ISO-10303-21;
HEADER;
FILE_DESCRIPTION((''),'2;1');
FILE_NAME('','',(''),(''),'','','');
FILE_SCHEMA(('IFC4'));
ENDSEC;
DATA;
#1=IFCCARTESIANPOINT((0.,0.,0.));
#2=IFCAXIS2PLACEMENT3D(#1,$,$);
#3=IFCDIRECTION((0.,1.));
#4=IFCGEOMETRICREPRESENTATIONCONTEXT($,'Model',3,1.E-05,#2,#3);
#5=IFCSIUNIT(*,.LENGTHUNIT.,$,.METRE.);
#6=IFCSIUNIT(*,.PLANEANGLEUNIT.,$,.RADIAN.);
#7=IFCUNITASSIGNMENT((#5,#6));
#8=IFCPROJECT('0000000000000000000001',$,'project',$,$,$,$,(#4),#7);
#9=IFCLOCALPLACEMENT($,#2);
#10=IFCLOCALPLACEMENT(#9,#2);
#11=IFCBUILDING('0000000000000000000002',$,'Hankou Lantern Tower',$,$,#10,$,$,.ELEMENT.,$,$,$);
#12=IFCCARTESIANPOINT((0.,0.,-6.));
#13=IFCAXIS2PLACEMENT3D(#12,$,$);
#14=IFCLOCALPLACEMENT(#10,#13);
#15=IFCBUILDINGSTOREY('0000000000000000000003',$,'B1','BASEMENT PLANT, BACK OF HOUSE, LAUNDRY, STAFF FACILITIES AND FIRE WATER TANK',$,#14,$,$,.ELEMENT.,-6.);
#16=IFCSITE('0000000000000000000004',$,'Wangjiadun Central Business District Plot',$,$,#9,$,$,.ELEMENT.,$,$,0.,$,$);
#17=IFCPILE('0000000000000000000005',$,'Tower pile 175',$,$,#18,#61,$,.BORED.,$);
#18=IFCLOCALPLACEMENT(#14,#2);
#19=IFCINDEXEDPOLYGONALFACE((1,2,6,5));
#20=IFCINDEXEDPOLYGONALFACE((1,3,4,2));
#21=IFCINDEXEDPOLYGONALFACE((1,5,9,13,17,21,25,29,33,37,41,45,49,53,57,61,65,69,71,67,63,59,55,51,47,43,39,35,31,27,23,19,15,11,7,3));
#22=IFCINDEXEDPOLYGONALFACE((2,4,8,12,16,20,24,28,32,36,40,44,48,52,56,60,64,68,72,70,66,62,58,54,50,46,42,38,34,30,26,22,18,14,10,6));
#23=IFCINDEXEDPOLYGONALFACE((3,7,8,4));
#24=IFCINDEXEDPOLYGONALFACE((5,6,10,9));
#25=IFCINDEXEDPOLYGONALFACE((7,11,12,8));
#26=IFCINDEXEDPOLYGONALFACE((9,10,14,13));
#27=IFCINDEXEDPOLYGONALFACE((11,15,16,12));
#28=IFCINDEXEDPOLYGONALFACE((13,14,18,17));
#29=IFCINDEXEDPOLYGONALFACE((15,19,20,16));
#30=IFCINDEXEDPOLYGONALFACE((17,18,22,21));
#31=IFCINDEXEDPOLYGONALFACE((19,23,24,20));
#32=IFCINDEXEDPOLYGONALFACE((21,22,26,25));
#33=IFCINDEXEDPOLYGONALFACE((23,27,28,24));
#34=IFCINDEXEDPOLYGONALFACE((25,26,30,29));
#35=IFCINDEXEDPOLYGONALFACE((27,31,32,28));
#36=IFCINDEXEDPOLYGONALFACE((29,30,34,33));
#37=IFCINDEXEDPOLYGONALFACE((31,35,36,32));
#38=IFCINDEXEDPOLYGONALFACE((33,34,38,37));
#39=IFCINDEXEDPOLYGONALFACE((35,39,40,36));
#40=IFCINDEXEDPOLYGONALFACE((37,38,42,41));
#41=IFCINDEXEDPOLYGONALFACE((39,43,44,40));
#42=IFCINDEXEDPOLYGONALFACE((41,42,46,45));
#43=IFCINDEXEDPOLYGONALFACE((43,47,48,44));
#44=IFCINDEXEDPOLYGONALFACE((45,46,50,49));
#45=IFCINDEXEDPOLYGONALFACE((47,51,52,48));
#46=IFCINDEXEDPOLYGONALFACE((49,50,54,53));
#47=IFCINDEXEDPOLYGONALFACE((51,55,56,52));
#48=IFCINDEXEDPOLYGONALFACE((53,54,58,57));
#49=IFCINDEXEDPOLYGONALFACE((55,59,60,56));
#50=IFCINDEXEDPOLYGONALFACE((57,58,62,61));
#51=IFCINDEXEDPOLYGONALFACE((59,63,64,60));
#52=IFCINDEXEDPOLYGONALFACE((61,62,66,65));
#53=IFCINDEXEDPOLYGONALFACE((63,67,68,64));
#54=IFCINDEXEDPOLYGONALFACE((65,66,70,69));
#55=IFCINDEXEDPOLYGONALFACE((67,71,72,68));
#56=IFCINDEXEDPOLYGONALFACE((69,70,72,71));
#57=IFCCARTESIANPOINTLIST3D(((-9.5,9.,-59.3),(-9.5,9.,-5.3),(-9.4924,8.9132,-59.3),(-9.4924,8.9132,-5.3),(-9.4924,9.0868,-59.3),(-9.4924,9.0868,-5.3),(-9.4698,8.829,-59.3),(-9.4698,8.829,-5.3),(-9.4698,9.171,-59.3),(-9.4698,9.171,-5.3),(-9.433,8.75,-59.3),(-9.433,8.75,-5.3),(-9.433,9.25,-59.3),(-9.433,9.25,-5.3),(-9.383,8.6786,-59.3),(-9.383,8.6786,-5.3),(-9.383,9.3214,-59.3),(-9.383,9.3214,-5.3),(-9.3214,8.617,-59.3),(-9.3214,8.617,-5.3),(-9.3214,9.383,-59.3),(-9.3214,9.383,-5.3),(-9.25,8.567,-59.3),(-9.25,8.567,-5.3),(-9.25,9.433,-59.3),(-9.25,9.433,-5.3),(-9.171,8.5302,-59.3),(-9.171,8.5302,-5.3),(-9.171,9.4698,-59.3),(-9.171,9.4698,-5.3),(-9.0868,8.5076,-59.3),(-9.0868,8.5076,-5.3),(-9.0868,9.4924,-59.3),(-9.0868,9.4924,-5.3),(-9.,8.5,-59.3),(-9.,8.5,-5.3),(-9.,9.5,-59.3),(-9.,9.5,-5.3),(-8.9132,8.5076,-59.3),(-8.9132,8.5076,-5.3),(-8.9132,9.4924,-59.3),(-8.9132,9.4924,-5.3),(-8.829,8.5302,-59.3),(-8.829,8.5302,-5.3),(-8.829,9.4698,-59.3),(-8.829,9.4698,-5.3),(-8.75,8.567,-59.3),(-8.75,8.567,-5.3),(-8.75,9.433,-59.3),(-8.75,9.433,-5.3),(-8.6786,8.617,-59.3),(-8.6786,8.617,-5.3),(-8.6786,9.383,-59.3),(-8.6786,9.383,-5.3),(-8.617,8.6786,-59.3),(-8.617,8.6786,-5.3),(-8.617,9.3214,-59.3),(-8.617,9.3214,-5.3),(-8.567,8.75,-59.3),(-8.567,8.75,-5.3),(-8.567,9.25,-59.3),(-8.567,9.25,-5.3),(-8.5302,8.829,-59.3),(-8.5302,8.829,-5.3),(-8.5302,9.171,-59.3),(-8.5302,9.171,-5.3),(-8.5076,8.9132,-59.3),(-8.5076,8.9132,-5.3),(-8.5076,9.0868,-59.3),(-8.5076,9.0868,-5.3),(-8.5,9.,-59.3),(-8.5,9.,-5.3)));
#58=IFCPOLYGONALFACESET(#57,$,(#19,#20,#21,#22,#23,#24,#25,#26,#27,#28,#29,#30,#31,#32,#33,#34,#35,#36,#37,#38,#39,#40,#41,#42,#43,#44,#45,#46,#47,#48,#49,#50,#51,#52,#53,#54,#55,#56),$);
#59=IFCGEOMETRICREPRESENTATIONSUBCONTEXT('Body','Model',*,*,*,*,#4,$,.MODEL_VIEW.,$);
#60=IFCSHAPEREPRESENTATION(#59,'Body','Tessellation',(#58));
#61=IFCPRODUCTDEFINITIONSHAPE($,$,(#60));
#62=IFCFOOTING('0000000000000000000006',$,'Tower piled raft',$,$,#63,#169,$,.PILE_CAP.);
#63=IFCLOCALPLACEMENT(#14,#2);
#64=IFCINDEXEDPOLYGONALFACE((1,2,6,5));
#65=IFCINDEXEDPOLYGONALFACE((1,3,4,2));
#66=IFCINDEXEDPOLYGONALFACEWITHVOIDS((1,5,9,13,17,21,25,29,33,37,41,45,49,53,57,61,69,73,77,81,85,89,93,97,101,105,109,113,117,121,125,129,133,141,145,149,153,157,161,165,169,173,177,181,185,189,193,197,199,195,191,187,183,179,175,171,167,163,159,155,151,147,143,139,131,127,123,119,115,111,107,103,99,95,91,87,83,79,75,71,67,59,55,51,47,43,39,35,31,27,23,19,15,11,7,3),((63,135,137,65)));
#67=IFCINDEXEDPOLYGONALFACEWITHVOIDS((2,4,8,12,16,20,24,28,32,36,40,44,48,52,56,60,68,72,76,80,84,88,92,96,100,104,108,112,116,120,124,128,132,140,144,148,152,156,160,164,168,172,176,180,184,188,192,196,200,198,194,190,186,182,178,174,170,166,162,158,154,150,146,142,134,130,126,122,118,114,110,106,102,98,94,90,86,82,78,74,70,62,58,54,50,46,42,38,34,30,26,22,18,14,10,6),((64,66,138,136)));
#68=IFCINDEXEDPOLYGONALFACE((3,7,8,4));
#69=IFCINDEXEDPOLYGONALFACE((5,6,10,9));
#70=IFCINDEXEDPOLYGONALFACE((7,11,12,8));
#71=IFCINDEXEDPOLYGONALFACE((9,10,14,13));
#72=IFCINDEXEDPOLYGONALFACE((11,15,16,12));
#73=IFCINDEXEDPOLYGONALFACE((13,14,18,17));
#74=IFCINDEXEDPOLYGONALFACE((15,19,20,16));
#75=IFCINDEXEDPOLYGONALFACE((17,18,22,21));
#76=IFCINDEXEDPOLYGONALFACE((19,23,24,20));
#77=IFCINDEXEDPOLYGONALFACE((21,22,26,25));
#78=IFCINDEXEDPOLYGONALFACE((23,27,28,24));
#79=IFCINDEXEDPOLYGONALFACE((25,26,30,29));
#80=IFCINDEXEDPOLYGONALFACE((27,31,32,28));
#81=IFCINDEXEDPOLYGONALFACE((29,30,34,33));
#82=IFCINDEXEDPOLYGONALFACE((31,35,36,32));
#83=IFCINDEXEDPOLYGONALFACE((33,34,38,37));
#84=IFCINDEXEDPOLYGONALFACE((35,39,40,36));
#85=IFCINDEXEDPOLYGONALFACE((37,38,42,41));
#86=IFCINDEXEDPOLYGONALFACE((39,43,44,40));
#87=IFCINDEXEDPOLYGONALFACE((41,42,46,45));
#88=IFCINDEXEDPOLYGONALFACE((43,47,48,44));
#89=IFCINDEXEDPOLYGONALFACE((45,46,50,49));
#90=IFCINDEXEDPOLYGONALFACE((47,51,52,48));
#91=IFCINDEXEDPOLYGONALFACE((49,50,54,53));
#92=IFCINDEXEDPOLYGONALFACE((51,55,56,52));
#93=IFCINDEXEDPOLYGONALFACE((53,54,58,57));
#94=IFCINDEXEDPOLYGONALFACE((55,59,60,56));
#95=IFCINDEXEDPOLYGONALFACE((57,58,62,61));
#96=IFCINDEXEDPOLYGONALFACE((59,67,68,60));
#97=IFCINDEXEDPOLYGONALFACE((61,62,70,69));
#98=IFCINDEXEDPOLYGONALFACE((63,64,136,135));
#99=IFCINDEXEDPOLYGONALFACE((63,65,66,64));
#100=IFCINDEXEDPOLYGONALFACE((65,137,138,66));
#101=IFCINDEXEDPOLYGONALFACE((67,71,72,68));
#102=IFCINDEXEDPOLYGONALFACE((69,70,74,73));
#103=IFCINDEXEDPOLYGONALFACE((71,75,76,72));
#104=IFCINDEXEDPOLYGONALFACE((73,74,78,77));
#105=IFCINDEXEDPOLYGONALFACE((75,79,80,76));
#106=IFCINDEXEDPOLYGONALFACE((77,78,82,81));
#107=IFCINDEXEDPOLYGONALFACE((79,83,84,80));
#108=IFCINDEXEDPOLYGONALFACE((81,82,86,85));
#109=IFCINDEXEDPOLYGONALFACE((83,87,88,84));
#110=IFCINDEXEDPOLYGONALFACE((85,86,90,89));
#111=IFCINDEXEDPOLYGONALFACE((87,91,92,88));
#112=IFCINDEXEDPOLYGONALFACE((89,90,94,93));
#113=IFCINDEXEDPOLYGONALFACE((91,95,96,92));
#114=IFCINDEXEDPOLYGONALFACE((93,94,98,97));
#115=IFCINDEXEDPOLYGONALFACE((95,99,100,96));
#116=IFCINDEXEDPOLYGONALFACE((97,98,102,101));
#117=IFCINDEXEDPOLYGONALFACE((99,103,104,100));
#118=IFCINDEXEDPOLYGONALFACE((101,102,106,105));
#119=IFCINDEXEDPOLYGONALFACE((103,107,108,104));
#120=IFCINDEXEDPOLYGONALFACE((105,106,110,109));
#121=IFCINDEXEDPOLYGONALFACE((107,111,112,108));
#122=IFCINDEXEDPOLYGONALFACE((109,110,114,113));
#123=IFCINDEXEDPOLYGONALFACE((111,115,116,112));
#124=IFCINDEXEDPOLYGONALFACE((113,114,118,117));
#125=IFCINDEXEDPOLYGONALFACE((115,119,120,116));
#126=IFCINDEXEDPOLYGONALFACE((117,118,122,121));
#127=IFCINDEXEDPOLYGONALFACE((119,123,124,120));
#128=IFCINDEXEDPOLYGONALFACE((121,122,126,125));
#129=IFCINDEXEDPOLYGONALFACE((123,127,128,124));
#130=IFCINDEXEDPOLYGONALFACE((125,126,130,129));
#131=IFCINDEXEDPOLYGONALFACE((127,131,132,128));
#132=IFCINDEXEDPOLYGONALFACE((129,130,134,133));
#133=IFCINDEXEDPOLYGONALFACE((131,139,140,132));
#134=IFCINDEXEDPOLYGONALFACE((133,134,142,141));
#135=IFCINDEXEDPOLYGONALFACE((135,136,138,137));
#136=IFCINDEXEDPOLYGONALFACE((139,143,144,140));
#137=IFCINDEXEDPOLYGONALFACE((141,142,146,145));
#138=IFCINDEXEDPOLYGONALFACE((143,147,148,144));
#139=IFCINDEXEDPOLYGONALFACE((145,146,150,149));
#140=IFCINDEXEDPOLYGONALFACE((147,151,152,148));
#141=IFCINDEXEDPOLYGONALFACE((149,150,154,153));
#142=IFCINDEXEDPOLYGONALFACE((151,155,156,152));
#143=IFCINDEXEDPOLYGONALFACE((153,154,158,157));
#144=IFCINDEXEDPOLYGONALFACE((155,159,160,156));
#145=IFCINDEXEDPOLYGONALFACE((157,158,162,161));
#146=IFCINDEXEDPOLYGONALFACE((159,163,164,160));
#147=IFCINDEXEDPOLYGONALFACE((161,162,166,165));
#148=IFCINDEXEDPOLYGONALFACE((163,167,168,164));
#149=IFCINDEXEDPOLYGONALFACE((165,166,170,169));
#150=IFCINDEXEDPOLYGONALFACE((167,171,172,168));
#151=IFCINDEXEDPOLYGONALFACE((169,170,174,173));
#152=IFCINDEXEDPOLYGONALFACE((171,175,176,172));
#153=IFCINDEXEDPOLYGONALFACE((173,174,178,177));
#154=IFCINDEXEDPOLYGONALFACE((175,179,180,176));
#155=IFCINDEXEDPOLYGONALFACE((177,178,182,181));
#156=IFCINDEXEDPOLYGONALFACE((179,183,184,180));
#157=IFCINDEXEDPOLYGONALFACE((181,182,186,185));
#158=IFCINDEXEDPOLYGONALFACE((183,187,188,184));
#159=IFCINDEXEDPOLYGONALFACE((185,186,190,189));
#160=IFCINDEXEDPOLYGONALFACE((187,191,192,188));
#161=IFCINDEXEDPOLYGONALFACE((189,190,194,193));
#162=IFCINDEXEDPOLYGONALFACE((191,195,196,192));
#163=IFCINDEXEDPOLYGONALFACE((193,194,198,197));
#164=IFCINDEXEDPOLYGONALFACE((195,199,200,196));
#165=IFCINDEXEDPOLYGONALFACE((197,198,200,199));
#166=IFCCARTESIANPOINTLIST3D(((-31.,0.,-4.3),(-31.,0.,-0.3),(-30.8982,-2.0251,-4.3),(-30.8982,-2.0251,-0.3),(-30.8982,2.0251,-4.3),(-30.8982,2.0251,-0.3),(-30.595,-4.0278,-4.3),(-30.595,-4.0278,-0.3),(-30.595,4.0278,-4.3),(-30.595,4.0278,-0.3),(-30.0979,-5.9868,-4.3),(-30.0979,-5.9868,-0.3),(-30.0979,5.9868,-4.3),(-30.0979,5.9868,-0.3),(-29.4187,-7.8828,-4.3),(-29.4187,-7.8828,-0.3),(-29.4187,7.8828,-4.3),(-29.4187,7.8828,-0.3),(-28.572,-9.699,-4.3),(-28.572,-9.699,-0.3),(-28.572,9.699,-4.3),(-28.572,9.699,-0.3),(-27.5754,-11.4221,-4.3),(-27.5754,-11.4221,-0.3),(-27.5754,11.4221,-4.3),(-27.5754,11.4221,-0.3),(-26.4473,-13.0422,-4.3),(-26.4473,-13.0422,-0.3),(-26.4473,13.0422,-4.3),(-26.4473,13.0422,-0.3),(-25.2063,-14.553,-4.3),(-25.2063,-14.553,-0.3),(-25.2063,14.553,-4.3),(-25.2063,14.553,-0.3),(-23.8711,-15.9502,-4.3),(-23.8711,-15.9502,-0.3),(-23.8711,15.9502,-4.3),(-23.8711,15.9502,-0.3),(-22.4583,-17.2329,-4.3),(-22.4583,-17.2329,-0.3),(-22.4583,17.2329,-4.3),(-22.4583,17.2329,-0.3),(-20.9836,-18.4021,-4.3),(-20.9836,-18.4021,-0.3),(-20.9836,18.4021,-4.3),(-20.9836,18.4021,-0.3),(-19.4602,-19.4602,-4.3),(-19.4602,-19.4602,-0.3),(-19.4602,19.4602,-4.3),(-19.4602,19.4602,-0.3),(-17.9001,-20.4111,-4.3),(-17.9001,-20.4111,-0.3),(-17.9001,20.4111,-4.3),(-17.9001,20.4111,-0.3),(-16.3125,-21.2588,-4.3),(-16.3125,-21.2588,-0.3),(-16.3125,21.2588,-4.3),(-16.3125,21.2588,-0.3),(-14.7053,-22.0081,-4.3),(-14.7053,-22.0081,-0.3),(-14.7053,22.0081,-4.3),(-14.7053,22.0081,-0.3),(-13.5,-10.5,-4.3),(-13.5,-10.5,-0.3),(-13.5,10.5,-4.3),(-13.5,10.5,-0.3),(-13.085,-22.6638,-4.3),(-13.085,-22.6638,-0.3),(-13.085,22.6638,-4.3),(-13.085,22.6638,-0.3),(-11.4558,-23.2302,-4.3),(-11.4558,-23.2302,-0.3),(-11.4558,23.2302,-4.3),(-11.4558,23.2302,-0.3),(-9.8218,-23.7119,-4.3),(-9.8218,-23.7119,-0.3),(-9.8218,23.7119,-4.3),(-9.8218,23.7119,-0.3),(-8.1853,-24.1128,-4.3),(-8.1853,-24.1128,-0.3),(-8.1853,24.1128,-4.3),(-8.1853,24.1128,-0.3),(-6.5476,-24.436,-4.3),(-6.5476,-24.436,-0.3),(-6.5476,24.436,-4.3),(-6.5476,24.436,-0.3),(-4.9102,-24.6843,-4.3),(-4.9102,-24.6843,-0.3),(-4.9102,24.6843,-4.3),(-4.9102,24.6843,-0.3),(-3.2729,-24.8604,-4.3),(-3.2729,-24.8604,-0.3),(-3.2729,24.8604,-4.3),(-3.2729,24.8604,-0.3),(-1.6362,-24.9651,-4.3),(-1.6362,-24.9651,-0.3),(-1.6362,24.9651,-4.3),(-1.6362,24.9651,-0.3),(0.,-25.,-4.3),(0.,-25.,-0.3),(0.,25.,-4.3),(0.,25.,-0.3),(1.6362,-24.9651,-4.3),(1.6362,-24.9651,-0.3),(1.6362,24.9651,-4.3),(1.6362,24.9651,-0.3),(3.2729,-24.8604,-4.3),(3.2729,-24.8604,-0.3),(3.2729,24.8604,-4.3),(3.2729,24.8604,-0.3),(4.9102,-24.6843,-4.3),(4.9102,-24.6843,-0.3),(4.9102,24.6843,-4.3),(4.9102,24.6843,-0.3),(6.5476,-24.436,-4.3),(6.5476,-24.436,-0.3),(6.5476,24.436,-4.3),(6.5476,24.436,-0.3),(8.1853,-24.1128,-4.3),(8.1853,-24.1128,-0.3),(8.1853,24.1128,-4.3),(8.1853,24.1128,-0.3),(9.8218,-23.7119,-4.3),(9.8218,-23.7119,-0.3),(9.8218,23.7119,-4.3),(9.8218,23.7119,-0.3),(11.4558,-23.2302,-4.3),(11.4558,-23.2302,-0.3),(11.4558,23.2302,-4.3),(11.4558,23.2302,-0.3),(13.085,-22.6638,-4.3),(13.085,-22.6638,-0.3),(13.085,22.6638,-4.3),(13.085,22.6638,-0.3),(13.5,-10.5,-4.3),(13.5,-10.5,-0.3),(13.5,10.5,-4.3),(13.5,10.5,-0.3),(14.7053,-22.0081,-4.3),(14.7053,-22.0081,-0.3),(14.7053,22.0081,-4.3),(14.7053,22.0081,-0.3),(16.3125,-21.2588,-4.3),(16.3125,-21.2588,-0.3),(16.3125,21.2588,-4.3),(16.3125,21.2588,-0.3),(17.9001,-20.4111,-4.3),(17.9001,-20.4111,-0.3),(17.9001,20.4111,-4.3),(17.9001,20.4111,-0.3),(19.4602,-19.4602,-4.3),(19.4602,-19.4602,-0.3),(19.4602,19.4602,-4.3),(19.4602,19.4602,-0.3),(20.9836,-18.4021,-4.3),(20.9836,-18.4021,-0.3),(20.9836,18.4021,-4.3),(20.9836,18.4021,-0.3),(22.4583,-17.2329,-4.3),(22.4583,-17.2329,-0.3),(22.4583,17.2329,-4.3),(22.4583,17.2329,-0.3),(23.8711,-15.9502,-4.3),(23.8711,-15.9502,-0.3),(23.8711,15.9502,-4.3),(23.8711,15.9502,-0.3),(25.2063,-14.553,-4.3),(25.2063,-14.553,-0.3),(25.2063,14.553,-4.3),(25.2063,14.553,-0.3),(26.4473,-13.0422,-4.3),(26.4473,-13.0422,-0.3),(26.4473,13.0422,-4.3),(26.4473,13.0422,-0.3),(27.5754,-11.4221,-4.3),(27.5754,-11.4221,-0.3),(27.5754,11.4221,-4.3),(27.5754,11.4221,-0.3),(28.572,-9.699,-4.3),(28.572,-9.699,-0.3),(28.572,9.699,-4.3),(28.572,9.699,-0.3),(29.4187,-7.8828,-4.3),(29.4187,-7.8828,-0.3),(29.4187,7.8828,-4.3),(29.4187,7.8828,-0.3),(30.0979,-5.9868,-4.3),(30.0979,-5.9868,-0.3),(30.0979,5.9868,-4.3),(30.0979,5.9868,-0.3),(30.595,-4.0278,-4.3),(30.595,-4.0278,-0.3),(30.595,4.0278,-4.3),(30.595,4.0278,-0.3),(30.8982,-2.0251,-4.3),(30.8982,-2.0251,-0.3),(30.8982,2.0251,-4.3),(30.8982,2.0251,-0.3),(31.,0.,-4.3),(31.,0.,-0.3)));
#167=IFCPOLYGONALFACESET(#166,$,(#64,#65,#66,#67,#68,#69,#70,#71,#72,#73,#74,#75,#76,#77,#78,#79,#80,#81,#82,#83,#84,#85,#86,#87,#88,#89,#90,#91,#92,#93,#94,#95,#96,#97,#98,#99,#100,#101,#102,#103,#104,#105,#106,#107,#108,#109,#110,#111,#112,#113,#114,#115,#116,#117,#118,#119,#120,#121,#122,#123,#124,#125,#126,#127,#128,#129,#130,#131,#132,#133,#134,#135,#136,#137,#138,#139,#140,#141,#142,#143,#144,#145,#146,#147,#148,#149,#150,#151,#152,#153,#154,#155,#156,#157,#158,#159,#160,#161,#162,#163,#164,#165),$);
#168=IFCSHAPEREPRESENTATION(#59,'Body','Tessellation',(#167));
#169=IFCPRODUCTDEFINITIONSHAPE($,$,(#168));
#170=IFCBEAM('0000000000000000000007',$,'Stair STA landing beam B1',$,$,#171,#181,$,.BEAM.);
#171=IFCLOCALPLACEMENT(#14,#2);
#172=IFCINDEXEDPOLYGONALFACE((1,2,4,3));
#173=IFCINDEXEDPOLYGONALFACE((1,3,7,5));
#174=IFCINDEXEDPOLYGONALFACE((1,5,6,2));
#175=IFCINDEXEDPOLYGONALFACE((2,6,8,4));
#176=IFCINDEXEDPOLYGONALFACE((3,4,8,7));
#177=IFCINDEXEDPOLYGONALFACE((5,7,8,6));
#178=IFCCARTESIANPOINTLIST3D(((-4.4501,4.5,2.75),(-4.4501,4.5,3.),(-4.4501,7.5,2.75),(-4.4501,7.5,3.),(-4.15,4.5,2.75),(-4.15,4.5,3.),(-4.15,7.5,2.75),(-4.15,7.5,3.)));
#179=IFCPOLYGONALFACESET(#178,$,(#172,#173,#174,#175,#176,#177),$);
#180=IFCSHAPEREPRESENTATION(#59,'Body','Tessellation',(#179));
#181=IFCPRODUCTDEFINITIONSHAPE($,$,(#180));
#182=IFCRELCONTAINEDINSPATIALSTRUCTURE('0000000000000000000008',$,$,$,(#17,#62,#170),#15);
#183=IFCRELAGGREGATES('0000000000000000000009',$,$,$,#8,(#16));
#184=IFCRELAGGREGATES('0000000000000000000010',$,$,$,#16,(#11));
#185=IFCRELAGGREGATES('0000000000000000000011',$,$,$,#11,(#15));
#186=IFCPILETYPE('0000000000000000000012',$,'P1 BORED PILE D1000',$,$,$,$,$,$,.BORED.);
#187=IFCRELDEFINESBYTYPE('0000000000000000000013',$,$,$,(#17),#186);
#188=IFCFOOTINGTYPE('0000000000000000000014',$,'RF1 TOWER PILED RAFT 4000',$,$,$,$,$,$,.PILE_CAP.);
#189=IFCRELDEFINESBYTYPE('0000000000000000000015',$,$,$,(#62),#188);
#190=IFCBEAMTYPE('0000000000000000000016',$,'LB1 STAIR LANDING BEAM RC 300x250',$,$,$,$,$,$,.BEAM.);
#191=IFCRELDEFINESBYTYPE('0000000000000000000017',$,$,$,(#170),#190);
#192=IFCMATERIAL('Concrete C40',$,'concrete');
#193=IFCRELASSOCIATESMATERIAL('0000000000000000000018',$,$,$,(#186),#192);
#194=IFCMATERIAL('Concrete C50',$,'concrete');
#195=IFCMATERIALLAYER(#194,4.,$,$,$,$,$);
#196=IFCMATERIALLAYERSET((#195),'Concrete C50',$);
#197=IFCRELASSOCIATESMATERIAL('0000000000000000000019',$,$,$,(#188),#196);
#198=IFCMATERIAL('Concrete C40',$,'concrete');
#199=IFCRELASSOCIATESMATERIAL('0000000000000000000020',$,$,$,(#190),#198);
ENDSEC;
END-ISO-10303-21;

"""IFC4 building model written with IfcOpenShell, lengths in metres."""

from ifc_helpers import new_model, si_unit, direction, frame, origin, origin_2d, place, context, subcontext, project, spatial, polyline, rectangle, circle, outline, extrude, material, layer, layer_set, material_profile, profile_set, type_object, element, save


model = new_model("IFC4")

# Units and contexts
model_context = context("Model", 3, precision=1e-05, world=origin(), true_north=direction((0.0, 1.0)))
body_context = subcontext(model_context, "Body", "Model", "MODEL_VIEW")
ifc_project = project(units=[si_unit("LENGTHUNIT", "METRE"), si_unit("PLANEANGLEUNIT", "RADIAN")], contexts=[model_context])

# Site, building, storey
site_placement = place(None, origin())
site = spatial("IfcSite", under=ifc_project, at=site_placement, Name="Wangjiadun Central Business District Plot", CompositionType="ELEMENT", RefElevation=0.0)
building_placement = place(site_placement, origin())
building = spatial("IfcBuilding", under=site, at=building_placement, Name="Hankou Lantern Tower", CompositionType="ELEMENT")
storey_placement = place(building_placement, frame((0.0, 0.0, -6.0)))
storey = spatial("IfcBuildingStorey", under=building, at=storey_placement, Name="B1", Description="BASEMENT PLANT, BACK OF HOUSE, LAUNDRY, STAFF FACILITIES AND FIRE WATER TANK", CompositionType="ELEMENT", Elevation=-6.0)

# Pile
ifc_material_1 = material(Name="Concrete C40", Category="concrete")
ifc_material_profile_1 = material_profile(ifc_material_1, circle(Radius=0.5, at=origin_2d()), Name="RC D1000")
ifc_profile_set_1 = profile_set([ifc_material_profile_1], Name="Concrete C40")
pile_type = type_object("IfcPileType", Name="P1 BORED PILE D1000", PredefinedType="BORED", material=ifc_profile_set_1)
for number, where, z_axis, x_axis, name in (
    (1, (-9.0, 9.0, -5.3), (0.0, 0.0, -1.0), (1.0, 0.0, 0.0), "Tower pile 175"),
):
    element("IfcPile", number, at=place(storey_placement, frame(where, z_axis=z_axis, x_axis=x_axis)), inside=storey, type_object=pile_type, Name=name, PredefinedType="BORED", context=body_context, shape_type="SweptSolid", body=[
        extrude(circle(Radius=0.5, at=origin_2d()), origin(), (0.0, 0.0, 1.0), 54.0),
    ])

# Footing
ifc_material_2 = material(Name="Concrete C50", Category="concrete")
ifc_layer_1 = layer(ifc_material_2, 4.0)
ifc_layer_set_1 = layer_set([ifc_layer_1], Name="Concrete C50")
footing_type = type_object("IfcFootingType", Name="RF1 TOWER PILED RAFT 4000", PredefinedType="PILE_CAP", material=ifc_layer_set_1)
footing_placement = place(storey_placement, frame((0.0, 0.0, -4.3)))
element("IfcFooting", 2, at=footing_placement, inside=storey, type_object=footing_type, Name="Tower piled raft", PredefinedType="PILE_CAP", context=body_context, shape_type="SweptSolid", body=[
    extrude(outline(polyline([(31.0, 0.0), (30.8982, 2.0251), (30.595, 4.0278), (30.0979, 5.9868), (29.4187, 7.8828), (28.572, 9.699), (27.5754, 11.4221), (26.4473, 13.0422), (25.2063, 14.553), (23.8711, 15.9502), (22.4583, 17.2329), (20.9836, 18.4021), (19.4602, 19.4602), (17.9001, 20.4111), (16.3125, 21.2588), (14.7053, 22.0081), (13.085, 22.6638), (11.4558, 23.2302), (9.8218, 23.7119), (8.1853, 24.1128), (6.5476, 24.436), (4.9102, 24.6843), (3.2729, 24.8604), (1.6362, 24.9651), (0.0, 25.0), (-1.6362, 24.9651), (-3.2729, 24.8604), (-4.9102, 24.6843), (-6.5476, 24.436), (-8.1853, 24.1128), (-9.8218, 23.7119), (-11.4558, 23.2302), (-13.085, 22.6638), (-14.7053, 22.0081), (-16.3125, 21.2588), (-17.9001, 20.4111), (-19.4602, 19.4602), (-20.9836, 18.4021), (-22.4583, 17.2329), (-23.8711, 15.9502), (-25.2063, 14.553), (-26.4473, 13.0422), (-27.5754, 11.4221), (-28.572, 9.699), (-29.4187, 7.8828), (-30.0979, 5.9868), (-30.595, 4.0278), (-30.8982, 2.0251), (-31.0, 0.0), (-30.8982, -2.0251), (-30.595, -4.0278), (-30.0979, -5.9868), (-29.4187, -7.8828), (-28.572, -9.699), (-27.5754, -11.4221), (-26.4473, -13.0422), (-25.2063, -14.553), (-23.8711, -15.9502), (-22.4583, -17.2329), (-20.9836, -18.4021), (-19.4602, -19.4602), (-17.9001, -20.4111), (-16.3125, -21.2588), (-14.7053, -22.0081), (-13.085, -22.6638), (-11.4558, -23.2302), (-9.8218, -23.7119), (-8.1853, -24.1128), (-6.5476, -24.436), (-4.9102, -24.6843), (-3.2729, -24.8604), (-1.6362, -24.9651), (0.0, -25.0), (1.6362, -24.9651), (3.2729, -24.8604), (4.9102, -24.6843), (6.5476, -24.436), (8.1853, -24.1128), (9.8218, -23.7119), (11.4558, -23.2302), (13.085, -22.6638), (14.7053, -22.0081), (16.3125, -21.2588), (17.9001, -20.4111), (19.4602, -19.4602), (20.9836, -18.4021), (22.4583, -17.2329), (23.8711, -15.9502), (25.2063, -14.553), (26.4473, -13.0422), (27.5754, -11.4221), (28.572, -9.699), (29.4187, -7.8828), (30.0979, -5.9868), (30.595, -4.0278), (30.8982, -2.0251), (31.0, 0.0)]), holes=[polyline([(-13.5, 10.5), (13.5, 10.5), (13.5, -10.5), (-13.5, -10.5), (-13.5, 10.5)])]), origin(), (0.0, 0.0, 1.0), 4.0),
])

# Beam
ifc_material_3 = material(Name="Concrete C40", Category="concrete")
ifc_material_profile_2 = material_profile(ifc_material_3, rectangle(XDim=0.3, YDim=0.25, at=origin_2d()), Name="RC 300x250")
ifc_profile_set_2 = profile_set([ifc_material_profile_2], Name="Concrete C40")
beam_type = type_object("IfcBeamType", Name="LB1 STAIR LANDING BEAM RC 300x250", PredefinedType="BEAM", material=ifc_profile_set_2)
beam_placement = place(storey_placement, frame((-4.3, 4.5, 2.875), z_axis=(0.0, 1.0, 0.0), x_axis=(-1.0, 0.0, 0.0)))
element("IfcBeam", 3, at=beam_placement, inside=storey, type_object=beam_type, Name="Stair STA landing beam B1", PredefinedType="BEAM", context=body_context, shape_type="SweptSolid", body=[
    extrude(rectangle(XDim=0.3, YDim=0.25, at=origin_2d()), origin(), (0.0, 0.0, 1.0), 3.0),
])

save(model, "model.ifc")
